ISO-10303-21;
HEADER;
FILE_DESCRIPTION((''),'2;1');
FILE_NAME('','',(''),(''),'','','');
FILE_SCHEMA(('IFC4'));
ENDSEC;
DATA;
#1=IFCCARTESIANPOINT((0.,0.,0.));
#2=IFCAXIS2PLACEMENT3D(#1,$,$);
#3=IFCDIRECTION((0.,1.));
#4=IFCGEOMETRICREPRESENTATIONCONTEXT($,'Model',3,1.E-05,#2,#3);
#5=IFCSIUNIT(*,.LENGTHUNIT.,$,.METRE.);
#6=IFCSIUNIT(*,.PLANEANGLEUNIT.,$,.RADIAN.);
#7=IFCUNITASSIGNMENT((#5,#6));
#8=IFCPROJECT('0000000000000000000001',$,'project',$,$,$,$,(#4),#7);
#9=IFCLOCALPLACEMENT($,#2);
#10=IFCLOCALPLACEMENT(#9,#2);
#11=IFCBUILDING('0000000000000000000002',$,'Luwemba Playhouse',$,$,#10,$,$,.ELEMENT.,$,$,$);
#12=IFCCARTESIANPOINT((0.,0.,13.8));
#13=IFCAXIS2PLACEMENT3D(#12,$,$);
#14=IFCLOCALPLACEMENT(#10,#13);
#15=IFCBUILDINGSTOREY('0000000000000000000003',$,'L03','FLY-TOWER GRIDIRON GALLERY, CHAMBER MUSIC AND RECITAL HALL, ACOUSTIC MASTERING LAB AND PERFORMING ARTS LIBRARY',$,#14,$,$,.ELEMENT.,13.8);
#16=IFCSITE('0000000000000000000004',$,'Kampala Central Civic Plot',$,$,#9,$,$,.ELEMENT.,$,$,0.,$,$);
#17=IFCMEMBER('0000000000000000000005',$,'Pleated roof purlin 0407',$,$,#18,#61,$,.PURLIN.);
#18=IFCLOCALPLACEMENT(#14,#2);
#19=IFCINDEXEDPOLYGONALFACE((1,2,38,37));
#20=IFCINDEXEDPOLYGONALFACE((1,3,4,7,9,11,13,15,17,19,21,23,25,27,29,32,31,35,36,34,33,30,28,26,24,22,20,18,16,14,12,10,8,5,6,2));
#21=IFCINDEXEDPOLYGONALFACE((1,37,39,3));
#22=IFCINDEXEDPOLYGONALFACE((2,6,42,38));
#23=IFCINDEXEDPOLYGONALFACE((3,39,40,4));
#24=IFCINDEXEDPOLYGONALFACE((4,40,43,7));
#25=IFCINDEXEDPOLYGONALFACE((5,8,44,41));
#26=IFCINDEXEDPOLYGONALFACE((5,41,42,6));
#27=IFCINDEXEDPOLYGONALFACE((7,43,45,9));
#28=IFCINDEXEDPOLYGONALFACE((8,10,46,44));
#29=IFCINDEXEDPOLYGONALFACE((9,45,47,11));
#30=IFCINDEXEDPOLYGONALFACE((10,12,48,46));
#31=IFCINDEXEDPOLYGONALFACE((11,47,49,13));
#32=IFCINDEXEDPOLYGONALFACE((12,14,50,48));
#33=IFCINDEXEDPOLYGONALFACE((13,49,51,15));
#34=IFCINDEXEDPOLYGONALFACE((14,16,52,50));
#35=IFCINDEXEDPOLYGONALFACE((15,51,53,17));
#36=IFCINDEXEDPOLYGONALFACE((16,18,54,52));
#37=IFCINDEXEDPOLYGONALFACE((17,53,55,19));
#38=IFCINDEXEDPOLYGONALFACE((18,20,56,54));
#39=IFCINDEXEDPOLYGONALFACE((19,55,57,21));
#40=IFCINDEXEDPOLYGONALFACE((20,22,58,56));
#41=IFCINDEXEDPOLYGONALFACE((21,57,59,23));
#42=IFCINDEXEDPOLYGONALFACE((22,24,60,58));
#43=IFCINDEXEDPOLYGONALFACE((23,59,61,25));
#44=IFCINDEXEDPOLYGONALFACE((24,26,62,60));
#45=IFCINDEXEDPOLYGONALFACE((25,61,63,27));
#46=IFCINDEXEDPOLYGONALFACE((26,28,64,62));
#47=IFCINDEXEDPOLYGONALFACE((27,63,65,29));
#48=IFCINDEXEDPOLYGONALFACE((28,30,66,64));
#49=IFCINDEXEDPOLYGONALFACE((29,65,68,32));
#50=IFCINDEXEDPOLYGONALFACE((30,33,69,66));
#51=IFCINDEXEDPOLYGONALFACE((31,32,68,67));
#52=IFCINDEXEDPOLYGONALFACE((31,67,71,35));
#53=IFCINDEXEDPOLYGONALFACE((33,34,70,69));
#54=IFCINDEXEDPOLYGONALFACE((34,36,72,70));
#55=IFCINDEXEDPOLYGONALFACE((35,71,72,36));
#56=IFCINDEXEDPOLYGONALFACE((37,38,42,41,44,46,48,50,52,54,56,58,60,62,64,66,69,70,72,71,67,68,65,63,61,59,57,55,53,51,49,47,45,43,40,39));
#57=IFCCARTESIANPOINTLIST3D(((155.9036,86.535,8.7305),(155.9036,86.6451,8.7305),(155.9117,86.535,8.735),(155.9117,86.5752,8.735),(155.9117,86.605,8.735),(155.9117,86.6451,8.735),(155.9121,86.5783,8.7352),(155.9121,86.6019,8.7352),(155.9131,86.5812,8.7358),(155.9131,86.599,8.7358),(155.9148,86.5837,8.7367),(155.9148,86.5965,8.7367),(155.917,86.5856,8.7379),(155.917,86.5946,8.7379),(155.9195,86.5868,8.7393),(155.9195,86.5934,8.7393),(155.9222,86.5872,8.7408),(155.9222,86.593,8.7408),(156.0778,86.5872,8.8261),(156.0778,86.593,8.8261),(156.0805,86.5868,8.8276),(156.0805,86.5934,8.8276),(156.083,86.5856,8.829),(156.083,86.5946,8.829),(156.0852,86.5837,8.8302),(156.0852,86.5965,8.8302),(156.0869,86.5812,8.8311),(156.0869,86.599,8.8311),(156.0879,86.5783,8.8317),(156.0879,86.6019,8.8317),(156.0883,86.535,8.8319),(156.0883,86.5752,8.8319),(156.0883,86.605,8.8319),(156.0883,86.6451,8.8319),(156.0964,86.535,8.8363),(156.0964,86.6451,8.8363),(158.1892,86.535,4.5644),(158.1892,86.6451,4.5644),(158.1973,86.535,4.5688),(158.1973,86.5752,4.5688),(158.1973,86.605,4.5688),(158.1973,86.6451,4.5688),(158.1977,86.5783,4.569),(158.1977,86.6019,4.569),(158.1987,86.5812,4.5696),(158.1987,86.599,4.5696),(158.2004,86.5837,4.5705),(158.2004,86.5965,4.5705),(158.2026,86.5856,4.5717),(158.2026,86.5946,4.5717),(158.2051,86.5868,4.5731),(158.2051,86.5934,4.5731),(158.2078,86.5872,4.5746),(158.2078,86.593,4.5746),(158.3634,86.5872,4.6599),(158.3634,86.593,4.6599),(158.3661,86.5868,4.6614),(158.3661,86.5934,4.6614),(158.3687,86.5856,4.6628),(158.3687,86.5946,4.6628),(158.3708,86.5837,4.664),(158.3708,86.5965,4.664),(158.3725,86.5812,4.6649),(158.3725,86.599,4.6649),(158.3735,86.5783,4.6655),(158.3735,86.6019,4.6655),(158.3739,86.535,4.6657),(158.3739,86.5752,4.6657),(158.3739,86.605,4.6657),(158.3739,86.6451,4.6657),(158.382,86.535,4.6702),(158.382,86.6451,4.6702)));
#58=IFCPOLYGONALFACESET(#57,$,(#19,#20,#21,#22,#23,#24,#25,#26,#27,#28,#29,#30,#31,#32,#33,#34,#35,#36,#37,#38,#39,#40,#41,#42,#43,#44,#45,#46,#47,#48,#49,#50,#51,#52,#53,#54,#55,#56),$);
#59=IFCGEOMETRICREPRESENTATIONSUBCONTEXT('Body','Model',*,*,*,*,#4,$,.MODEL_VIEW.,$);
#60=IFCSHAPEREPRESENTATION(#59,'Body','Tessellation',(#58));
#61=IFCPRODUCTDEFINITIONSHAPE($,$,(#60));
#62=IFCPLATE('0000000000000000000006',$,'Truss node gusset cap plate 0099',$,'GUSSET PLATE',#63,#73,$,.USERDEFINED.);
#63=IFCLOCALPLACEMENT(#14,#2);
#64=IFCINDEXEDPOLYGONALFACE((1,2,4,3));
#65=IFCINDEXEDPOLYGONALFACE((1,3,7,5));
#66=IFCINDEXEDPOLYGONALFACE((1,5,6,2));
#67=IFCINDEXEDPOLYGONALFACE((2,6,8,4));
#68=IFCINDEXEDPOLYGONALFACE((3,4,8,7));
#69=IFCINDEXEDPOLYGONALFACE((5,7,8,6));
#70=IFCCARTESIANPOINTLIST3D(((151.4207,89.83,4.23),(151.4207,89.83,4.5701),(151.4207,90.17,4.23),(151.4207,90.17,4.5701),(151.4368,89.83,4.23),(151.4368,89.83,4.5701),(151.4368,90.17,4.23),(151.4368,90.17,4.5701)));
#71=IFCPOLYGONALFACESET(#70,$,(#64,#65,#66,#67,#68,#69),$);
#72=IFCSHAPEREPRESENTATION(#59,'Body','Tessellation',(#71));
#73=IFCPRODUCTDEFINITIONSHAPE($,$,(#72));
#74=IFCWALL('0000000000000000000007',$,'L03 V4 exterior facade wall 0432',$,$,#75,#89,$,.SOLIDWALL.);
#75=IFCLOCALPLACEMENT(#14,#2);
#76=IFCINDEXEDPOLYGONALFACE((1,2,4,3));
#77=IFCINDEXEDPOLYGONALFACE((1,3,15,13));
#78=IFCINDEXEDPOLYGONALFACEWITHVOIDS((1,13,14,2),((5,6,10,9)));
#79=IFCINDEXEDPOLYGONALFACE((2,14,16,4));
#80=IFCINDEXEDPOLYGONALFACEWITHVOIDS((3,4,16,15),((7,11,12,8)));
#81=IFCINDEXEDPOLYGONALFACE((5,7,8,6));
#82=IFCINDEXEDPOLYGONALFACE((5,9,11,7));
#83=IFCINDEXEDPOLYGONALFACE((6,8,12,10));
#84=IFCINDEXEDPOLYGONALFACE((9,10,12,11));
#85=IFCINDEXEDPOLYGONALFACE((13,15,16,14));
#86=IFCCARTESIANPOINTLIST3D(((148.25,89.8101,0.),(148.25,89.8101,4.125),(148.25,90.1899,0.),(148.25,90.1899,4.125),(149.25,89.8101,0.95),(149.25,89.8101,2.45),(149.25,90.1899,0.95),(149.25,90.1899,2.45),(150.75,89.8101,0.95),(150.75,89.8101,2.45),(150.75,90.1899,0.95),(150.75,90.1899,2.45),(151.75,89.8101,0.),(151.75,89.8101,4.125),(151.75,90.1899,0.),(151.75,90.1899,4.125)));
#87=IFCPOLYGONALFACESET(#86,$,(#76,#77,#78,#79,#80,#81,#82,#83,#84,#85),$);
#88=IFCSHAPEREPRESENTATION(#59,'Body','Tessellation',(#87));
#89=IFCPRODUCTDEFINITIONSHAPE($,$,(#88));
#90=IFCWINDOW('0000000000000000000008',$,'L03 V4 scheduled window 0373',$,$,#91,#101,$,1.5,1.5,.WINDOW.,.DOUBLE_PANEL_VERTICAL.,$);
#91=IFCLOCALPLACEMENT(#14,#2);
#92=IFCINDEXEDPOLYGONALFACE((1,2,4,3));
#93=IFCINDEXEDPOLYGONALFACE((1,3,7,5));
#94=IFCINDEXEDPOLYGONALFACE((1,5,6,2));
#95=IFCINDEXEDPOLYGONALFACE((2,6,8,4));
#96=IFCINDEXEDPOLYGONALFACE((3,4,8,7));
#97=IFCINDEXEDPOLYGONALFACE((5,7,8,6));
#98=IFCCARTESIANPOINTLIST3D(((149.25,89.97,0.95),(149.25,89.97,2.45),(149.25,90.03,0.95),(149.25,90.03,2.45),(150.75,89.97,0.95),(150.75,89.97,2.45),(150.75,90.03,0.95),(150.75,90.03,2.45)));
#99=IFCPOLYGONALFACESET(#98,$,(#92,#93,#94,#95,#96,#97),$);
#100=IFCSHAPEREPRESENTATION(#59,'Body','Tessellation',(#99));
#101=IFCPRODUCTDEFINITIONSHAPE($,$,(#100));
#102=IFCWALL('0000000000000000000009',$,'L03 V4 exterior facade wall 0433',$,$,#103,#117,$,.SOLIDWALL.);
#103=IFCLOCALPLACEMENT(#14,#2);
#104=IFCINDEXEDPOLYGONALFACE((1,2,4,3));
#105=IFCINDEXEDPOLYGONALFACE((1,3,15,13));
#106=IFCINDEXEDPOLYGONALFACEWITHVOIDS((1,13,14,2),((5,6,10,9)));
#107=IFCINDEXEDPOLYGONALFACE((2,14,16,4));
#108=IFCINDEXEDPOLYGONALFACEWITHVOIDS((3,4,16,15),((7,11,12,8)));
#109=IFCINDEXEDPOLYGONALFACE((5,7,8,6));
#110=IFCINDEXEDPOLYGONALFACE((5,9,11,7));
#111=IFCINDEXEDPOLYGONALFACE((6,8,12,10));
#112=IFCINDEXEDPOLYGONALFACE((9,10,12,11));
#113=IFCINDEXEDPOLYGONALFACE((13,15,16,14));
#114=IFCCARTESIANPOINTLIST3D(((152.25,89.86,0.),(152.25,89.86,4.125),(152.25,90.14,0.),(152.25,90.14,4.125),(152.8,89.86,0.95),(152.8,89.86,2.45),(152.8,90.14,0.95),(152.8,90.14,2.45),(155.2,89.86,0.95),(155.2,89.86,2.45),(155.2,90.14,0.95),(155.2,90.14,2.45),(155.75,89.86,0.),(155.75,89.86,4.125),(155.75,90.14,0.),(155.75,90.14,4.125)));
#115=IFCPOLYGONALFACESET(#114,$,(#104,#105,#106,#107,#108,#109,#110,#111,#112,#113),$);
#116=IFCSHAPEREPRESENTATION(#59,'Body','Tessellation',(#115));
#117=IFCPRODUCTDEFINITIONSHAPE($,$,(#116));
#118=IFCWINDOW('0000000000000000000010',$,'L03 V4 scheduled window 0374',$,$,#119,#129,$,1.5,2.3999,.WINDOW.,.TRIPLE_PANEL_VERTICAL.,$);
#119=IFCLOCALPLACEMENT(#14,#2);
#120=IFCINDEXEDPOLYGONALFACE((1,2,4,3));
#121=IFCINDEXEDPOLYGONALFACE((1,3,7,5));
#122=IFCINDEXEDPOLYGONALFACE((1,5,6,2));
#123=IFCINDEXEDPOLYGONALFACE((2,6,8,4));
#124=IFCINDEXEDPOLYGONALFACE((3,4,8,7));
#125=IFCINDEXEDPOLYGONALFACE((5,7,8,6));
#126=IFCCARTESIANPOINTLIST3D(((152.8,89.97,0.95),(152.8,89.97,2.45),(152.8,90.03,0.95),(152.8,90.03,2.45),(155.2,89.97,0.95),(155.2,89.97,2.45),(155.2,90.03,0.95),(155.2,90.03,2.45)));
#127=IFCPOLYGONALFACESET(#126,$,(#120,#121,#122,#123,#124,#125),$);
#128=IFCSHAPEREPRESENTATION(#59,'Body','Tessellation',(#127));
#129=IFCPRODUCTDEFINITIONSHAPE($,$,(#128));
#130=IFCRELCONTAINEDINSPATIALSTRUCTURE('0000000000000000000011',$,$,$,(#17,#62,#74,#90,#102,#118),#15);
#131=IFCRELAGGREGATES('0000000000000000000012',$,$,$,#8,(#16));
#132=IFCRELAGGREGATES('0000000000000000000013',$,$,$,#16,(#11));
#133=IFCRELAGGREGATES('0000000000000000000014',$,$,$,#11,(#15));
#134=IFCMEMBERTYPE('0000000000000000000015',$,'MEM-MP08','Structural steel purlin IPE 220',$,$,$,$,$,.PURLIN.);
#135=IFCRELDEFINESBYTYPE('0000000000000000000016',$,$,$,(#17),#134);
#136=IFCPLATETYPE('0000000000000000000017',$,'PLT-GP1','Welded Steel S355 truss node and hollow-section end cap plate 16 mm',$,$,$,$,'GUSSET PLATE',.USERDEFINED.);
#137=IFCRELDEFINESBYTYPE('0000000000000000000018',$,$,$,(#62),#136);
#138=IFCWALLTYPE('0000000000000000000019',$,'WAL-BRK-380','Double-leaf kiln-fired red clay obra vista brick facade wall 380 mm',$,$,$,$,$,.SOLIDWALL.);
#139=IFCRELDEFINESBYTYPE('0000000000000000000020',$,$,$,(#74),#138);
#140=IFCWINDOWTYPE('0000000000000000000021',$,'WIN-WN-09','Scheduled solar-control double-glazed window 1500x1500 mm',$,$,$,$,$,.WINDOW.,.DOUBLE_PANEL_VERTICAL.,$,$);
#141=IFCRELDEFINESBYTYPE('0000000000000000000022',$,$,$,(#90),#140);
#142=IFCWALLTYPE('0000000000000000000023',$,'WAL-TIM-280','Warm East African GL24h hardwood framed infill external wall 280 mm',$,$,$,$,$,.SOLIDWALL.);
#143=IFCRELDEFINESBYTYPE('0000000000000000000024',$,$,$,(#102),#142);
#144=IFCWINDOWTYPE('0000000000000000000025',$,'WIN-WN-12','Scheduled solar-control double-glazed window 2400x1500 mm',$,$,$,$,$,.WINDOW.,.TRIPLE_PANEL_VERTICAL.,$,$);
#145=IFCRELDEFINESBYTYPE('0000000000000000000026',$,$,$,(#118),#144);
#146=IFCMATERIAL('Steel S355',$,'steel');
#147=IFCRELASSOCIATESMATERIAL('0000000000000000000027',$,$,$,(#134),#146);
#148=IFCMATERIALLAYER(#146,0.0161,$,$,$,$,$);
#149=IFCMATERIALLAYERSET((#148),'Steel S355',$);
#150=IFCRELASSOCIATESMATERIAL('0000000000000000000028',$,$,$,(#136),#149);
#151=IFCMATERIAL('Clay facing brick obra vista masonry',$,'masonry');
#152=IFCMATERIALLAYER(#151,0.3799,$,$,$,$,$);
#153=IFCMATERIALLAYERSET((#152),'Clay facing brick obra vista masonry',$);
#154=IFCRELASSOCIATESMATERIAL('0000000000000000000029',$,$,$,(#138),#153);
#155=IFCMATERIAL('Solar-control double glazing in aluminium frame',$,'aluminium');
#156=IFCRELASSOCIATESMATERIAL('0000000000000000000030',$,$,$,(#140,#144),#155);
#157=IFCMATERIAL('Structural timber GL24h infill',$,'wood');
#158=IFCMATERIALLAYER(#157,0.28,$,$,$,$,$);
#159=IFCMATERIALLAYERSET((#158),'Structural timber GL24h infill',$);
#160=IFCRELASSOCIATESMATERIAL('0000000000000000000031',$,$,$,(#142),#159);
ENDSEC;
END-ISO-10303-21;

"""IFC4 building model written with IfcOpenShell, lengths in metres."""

from ifc_helpers import new_model, si_unit, direction, frame, frame_2d, origin, origin_2d, place, context, subcontext, project, spatial, rectangle, i_section, extrude, material, layer, layer_set, material_profile, profile_set, type_object, element, fill, save


model = new_model("IFC4")

# Units and contexts
model_context = context("Model", 3, precision=1e-05, world=origin(), true_north=direction((0.0, 1.0)))
body_context = subcontext(model_context, "Body", "Model", "MODEL_VIEW")
ifc_project = project(units=[si_unit("LENGTHUNIT", "METRE"), si_unit("PLANEANGLEUNIT", "RADIAN")], contexts=[model_context])

# Site, building, storey
site_placement = place(None, origin())
site = spatial("IfcSite", under=ifc_project, at=site_placement, Name="Kampala Central Civic Plot", CompositionType="ELEMENT", RefElevation=0.0)
building_placement = place(site_placement, origin())
building = spatial("IfcBuilding", under=site, at=building_placement, Name="Luwemba Playhouse", CompositionType="ELEMENT")
storey_placement = place(building_placement, frame((0.0, 0.0, 13.8)))
storey = spatial("IfcBuildingStorey", under=building, at=storey_placement, Name="L03", Description="FLY-TOWER GRIDIRON GALLERY, CHAMBER MUSIC AND RECITAL HALL, ACOUSTIC MASTERING LAB AND PERFORMING ARTS LIBRARY", CompositionType="ELEMENT", Elevation=13.8)

# Shared definitions
ifc_material_1 = material(Name="Steel S355", Category="steel")

# Member
ifc_material_profile_1 = material_profile(ifc_material_1, i_section(OverallWidth=0.1101, OverallDepth=0.22, WebThickness=0.0059, FlangeThickness=0.0093, FilletRadius=0.012, at=origin_2d()))
ifc_profile_set_1 = profile_set([ifc_material_profile_1], Name="Steel S355")
member_type_1 = type_object("IfcMemberType", Name="MEM-MP08", Description="Structural steel purlin IPE 220", PredefinedType="PURLIN", material=ifc_profile_set_1)
member_1_placement = place(storey_placement, frame((156.0, 86.5901, 8.7834), z_axis=(0.480982, 0.0, -0.876731), x_axis=(0.0, 1.0, 0.0)))
element("IfcMember", 1, at=member_1_placement, inside=storey, type_object=member_type_1, Name="Pleated roof purlin 0407", PredefinedType="PURLIN", context=body_context, shape_type="SweptSolid", body=[
    extrude(i_section(OverallWidth=0.1101, OverallDepth=0.22, WebThickness=0.0059, FlangeThickness=0.0093, FilletRadius=0.012, at=origin_2d()), origin(), (0.0, 0.0, 1.0), 4.752),
])

# Plate
ifc_layer_1 = layer(ifc_material_1, 0.0161)
ifc_layer_set_1 = layer_set([ifc_layer_1], Name="Steel S355")
plate_type = type_object("IfcPlateType", Name="PLT-GP1", Description="Welded Steel S355 truss node and hollow-section end cap plate 16 mm", ElementType="GUSSET PLATE", PredefinedType="USERDEFINED", material=ifc_layer_set_1)
plate_placement = place(storey_placement, frame((151.4287, 90.0, 4.23), z_axis=(0.0, 0.0, 1.0), x_axis=(1.0, 0.0, 0.0)))
element("IfcPlate", 2, at=plate_placement, inside=storey, type_object=plate_type, Name="Truss node gusset cap plate 0099", ObjectType="GUSSET PLATE", PredefinedType="USERDEFINED", context=body_context, shape_type="SweptSolid", body=[
    extrude(rectangle(XDim=0.0161, YDim=0.3401, at=origin_2d()), origin(), (0.0, 0.0, 1.0), 0.3401),
])

# Walls, openings, windows
ifc_material_2 = material(Name="Clay facing brick obra vista masonry", Category="masonry")
ifc_layer_2 = layer(ifc_material_2, 0.3799)
ifc_layer_set_2 = layer_set([ifc_layer_2], Name="Clay facing brick obra vista masonry")
wall_type_1 = type_object("IfcWallType", Name="WAL-BRK-380", Description="Double-leaf kiln-fired red clay obra vista brick facade wall 380 mm", PredefinedType="SOLIDWALL", material=ifc_layer_set_2)
wall_1_placement = place(storey_placement, frame((148.25, 90.0, 0.0), z_axis=(0.0, 0.0, 1.0), x_axis=(1.0, 0.0, 0.0)))
wall_1 = element("IfcWall", 3, at=wall_1_placement, inside=storey, type_object=wall_type_1, Name="L03 V4 exterior facade wall 0432", PredefinedType="SOLIDWALL", context=body_context, shape_type="SweptSolid", body=[
    extrude(rectangle(XDim=3.5, YDim=0.3799, at=frame_2d((1.75, 0.0))), origin(), (0.0, 0.0, 1.0), 4.125),
])
opening_1_placement = place(wall_1_placement, frame((1.0, 0.0, 0.95)))
opening_1 = element("IfcOpeningElement", 4, at=opening_1_placement, cuts=wall_1, PredefinedType="OPENING", context=body_context, shape_type="SweptSolid", body=[
    extrude(rectangle(XDim=1.5, YDim=1.5, at=frame_2d((0.75, 0.75))), frame((0.0, 0.2, 0.0), z_axis=(0.0, -1.0, 0.0), x_axis=(1.0, 0.0, 0.0)), (0.0, 0.0, 1.0), 0.3999),
])
ifc_material_3 = material(Name="Solar-control double glazing in aluminium frame", Category="aluminium")
window_type_1 = type_object("IfcWindowType", Name="WIN-WN-09", Description="Scheduled solar-control double-glazed window 1500x1500 mm", PartitioningType="DOUBLE_PANEL_VERTICAL", PredefinedType="WINDOW", material=ifc_material_3)
window_1_placement = place(opening_1_placement, origin())
window_1 = element("IfcWindow", 5, at=window_1_placement, inside=storey, type_object=window_type_1, Name="L03 V4 scheduled window 0373", OverallHeight=1.5, OverallWidth=1.5, PartitioningType="DOUBLE_PANEL_VERTICAL", PredefinedType="WINDOW", context=body_context, shape_type="SweptSolid", body=[
    extrude(rectangle(XDim=1.5, YDim=1.5, at=frame_2d((0.75, 0.75))), frame((0.0, 0.03, 0.0), z_axis=(0.0, -1.0, 0.0), x_axis=(1.0, 0.0, 0.0)), (0.0, 0.0, 1.0), 0.0601),
])
fill(opening_1, window_1)
ifc_material_4 = material(Name="Structural timber GL24h infill", Category="wood")
ifc_layer_3 = layer(ifc_material_4, 0.28)
ifc_layer_set_3 = layer_set([ifc_layer_3], Name="Structural timber GL24h infill")
wall_type_2 = type_object("IfcWallType", Name="WAL-TIM-280", Description="Warm East African GL24h hardwood framed infill external wall 280 mm", PredefinedType="SOLIDWALL", material=ifc_layer_set_3)
wall_2_placement = place(storey_placement, frame((152.25, 90.0, 0.0), z_axis=(0.0, 0.0, 1.0), x_axis=(1.0, 0.0, 0.0)))
wall_2 = element("IfcWall", 6, at=wall_2_placement, inside=storey, type_object=wall_type_2, Name="L03 V4 exterior facade wall 0433", PredefinedType="SOLIDWALL", context=body_context, shape_type="SweptSolid", body=[
    extrude(rectangle(XDim=3.5, YDim=0.28, at=frame_2d((1.75, 0.0))), origin(), (0.0, 0.0, 1.0), 4.125),
])
opening_2_placement = place(wall_2_placement, frame((0.55, 0.0, 0.95)))
opening_2 = element("IfcOpeningElement", 7, at=opening_2_placement, cuts=wall_2, PredefinedType="OPENING", context=body_context, shape_type="SweptSolid", body=[
    extrude(rectangle(XDim=2.3999, YDim=1.5, at=frame_2d((1.2, 0.75))), frame((0.0, 0.1499, 0.0), z_axis=(0.0, -1.0, 0.0), x_axis=(1.0, 0.0, 0.0)), (0.0, 0.0, 1.0), 0.3),
])
window_type_2 = type_object("IfcWindowType", Name="WIN-WN-12", Description="Scheduled solar-control double-glazed window 2400x1500 mm", PartitioningType="TRIPLE_PANEL_VERTICAL", PredefinedType="WINDOW", material=ifc_material_3)
window_2_placement = place(opening_2_placement, origin())
window_2 = element("IfcWindow", 8, at=window_2_placement, inside=storey, type_object=window_type_2, Name="L03 V4 scheduled window 0374", OverallHeight=1.5, OverallWidth=2.3999, PartitioningType="TRIPLE_PANEL_VERTICAL", PredefinedType="WINDOW", context=body_context, shape_type="SweptSolid", body=[
    extrude(rectangle(XDim=2.3999, YDim=1.5, at=frame_2d((1.2, 0.75))), frame((0.0, 0.03, 0.0), z_axis=(0.0, -1.0, 0.0), x_axis=(1.0, 0.0, 0.0)), (0.0, 0.0, 1.0), 0.0601),
])
fill(opening_2, window_2)

save(model, "model.ifc")
